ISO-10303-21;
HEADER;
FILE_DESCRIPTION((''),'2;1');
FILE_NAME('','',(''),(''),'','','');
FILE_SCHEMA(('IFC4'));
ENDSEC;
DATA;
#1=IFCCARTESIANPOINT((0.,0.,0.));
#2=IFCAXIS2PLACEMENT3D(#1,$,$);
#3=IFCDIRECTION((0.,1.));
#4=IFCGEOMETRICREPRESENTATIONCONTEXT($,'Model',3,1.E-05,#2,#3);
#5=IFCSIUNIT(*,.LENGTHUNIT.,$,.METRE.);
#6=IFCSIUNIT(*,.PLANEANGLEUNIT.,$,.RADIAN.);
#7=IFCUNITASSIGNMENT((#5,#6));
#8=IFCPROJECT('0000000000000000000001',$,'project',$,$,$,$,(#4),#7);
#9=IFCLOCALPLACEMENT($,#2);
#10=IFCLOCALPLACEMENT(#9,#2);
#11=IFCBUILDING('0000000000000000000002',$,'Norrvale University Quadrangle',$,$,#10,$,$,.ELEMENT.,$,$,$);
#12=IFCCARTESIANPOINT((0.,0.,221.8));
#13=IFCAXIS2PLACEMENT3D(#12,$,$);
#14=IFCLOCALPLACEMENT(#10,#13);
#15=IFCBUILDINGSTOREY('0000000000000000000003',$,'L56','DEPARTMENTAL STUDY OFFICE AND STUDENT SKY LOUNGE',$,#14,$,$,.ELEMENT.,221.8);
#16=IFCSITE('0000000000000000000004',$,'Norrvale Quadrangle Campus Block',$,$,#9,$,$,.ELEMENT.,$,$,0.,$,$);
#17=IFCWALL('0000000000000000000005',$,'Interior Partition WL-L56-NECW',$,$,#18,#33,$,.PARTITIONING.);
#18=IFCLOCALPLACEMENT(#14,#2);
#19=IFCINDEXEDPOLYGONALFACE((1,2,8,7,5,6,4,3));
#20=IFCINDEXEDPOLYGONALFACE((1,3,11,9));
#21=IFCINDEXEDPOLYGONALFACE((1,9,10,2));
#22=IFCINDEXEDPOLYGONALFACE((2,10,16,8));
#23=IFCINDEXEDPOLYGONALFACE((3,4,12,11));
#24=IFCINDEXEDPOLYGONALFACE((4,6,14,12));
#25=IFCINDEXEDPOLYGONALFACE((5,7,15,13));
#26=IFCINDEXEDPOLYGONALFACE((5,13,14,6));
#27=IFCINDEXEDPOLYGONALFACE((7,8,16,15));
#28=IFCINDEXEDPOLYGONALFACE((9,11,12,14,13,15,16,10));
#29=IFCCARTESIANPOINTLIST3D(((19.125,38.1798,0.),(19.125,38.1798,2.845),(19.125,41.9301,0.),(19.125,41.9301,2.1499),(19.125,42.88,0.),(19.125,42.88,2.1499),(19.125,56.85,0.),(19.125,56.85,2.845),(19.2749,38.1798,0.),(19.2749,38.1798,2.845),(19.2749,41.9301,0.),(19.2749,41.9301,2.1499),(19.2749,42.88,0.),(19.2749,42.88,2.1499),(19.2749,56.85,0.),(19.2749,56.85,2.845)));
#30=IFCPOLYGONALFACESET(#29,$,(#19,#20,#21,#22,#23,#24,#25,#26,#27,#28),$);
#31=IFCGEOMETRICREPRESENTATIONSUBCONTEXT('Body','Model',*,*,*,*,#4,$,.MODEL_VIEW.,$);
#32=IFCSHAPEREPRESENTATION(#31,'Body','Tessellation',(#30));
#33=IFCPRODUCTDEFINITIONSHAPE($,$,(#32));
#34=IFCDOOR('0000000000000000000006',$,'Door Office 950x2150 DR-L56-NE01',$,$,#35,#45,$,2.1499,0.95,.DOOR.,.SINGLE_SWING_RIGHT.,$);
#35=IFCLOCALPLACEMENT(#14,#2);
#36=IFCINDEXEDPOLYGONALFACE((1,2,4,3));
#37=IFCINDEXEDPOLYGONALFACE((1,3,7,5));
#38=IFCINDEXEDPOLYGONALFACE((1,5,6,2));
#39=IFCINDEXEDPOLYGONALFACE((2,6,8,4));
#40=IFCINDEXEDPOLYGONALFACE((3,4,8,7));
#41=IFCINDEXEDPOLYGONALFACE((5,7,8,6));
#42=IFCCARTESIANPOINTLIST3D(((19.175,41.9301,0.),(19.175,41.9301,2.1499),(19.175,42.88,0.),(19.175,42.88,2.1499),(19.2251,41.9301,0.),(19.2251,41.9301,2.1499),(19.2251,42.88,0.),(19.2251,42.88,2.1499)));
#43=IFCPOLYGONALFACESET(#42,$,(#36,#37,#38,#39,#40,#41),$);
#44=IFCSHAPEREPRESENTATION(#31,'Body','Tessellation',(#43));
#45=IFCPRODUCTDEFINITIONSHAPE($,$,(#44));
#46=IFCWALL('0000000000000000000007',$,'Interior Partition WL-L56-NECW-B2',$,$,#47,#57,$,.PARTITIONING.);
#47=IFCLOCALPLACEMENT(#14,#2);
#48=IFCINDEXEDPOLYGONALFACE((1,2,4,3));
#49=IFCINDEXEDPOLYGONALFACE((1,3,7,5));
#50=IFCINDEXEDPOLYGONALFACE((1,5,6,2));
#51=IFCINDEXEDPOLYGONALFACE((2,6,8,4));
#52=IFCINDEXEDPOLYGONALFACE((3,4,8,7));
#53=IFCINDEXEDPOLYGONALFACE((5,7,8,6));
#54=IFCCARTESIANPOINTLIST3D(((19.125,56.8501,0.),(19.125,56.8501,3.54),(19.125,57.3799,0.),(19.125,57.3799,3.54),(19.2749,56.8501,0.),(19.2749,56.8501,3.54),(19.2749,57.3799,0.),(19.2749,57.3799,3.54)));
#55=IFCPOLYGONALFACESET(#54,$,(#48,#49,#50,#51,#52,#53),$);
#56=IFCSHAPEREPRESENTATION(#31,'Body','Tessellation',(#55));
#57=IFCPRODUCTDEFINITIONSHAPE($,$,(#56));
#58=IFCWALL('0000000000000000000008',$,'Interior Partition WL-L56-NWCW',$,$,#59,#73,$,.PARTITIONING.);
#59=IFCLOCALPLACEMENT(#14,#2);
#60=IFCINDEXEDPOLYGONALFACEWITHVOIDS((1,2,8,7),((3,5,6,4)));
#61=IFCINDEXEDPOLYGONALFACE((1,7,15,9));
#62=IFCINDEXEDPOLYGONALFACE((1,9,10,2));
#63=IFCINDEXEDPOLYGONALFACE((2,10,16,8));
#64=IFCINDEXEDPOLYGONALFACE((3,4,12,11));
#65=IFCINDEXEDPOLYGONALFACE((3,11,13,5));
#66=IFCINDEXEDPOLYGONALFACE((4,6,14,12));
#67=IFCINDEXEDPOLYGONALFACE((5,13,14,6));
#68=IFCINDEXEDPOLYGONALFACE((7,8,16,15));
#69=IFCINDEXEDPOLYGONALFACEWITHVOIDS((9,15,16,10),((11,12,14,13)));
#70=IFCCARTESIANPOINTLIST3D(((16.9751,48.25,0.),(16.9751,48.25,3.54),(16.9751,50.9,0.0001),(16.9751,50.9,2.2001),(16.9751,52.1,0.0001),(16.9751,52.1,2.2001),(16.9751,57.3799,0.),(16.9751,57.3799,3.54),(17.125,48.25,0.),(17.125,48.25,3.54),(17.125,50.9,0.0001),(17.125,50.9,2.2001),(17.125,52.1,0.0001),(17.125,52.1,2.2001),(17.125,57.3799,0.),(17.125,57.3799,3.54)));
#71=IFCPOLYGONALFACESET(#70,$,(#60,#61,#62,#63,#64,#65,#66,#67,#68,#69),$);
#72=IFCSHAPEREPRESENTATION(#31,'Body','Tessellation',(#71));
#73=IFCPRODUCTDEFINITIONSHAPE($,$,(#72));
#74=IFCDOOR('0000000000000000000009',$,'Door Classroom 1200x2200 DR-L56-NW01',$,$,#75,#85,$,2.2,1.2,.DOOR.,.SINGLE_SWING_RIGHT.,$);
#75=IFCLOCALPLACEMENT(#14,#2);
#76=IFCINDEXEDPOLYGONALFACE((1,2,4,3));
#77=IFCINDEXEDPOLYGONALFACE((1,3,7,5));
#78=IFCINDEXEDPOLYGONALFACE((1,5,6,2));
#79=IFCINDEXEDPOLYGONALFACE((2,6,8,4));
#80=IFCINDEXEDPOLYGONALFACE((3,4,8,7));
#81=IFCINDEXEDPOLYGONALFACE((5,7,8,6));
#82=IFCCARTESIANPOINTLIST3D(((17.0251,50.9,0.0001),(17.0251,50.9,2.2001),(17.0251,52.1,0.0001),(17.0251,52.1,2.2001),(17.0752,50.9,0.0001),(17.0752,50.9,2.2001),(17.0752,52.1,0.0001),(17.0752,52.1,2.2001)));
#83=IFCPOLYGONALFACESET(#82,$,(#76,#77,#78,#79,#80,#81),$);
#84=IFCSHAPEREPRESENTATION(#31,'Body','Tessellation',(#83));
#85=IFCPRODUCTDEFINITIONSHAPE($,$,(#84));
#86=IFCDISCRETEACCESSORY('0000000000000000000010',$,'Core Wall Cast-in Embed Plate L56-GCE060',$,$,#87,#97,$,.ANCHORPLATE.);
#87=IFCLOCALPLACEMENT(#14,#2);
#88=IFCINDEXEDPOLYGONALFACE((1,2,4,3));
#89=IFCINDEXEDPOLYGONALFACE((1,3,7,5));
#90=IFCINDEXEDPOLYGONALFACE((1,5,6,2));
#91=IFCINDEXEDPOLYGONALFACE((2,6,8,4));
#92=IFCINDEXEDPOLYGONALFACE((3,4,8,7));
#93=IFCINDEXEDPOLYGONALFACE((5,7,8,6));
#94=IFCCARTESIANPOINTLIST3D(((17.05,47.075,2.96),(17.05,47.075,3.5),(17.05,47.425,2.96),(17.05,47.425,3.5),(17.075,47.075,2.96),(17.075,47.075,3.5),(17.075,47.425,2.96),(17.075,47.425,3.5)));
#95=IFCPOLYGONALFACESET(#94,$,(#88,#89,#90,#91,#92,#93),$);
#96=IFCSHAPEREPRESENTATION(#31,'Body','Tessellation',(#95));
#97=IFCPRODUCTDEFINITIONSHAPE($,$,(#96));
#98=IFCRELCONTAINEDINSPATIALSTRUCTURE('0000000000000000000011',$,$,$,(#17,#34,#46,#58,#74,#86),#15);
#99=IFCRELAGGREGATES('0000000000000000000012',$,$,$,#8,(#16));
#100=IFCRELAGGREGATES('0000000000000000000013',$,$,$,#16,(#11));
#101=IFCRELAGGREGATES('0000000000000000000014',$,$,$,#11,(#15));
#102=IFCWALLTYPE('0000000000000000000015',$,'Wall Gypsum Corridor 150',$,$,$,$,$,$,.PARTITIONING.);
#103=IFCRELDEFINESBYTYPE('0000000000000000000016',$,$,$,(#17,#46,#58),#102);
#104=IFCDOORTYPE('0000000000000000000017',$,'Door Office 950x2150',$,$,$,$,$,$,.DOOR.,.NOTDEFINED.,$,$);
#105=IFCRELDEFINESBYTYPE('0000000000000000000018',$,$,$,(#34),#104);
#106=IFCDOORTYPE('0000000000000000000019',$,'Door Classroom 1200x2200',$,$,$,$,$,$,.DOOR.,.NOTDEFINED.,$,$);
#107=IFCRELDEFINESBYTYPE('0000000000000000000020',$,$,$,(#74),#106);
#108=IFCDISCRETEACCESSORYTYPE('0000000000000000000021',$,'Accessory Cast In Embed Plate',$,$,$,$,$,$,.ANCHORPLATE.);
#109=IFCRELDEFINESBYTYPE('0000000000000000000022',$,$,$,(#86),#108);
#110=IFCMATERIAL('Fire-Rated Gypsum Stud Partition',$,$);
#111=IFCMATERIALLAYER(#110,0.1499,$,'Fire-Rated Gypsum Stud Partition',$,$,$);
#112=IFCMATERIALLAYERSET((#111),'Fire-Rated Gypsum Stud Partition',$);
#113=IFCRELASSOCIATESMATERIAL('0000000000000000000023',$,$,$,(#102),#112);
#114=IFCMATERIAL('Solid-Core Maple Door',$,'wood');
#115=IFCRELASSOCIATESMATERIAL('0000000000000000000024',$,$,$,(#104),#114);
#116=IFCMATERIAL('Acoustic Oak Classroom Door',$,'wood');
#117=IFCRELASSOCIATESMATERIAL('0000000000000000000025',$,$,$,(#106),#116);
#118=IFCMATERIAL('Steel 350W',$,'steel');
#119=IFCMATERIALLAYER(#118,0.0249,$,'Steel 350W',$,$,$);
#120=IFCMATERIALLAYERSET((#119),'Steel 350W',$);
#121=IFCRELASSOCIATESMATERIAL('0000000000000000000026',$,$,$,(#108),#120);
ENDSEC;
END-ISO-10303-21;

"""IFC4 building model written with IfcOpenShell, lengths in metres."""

from ifc_helpers import new_model, si_unit, direction, frame, frame_2d, origin, origin_2d, place, context, subcontext, project, spatial, rectangle, extrude, material, layer, layer_set, type_object, element, fill, save


model = new_model("IFC4")

# Units and contexts
model_context = context("Model", 3, precision=1e-05, world=origin(), true_north=direction((0.0, 1.0)))
body_context = subcontext(model_context, "Body", "Model", "MODEL_VIEW")
ifc_project = project(units=[si_unit("LENGTHUNIT", "METRE"), si_unit("PLANEANGLEUNIT", "RADIAN")], contexts=[model_context])

# Site, building, storey
site_placement = place(None, origin())
site = spatial("IfcSite", under=ifc_project, at=site_placement, Name="Norrvale Quadrangle Campus Block", CompositionType="ELEMENT", RefElevation=0.0)
building_placement = place(site_placement, origin())
building = spatial("IfcBuilding", under=site, at=building_placement, Name="Norrvale University Quadrangle", CompositionType="ELEMENT")
storey_placement = place(building_placement, frame((0.0, 0.0, 221.8)))
storey = spatial("IfcBuildingStorey", under=building, at=storey_placement, Name="L56", Description="DEPARTMENTAL STUDY OFFICE AND STUDENT SKY LOUNGE", CompositionType="ELEMENT", Elevation=221.8)

# Shared definitions
ifc_material_1 = material(Name="Steel 350W", Category="steel")

# Shared definitions
ifc_material_2 = material(Name="Fire-Rated Gypsum Stud Partition")
ifc_layer_1 = layer(ifc_material_2, 0.1499, Name="Fire-Rated Gypsum Stud Partition")
ifc_layer_set_1 = layer_set([ifc_layer_1], Name="Fire-Rated Gypsum Stud Partition")
wall_type_1 = type_object("IfcWallType", Name="Wall Gypsum Corridor 150", PredefinedType="PARTITIONING", material=ifc_layer_set_1)

# Wall, opening, door
wall_1_placement = place(storey_placement, frame((19.2, 38.1799, 0.0), z_axis=(0.0, 0.0, 1.0), x_axis=(0.0, 1.0, 0.0)))
wall_1 = element("IfcWall", 1, at=wall_1_placement, inside=storey, type_object=wall_type_1, Name="Interior Partition WL-L56-NECW", PredefinedType="PARTITIONING", context=body_context, shape_type="SweptSolid", body=[
    extrude(rectangle(XDim=18.6702, YDim=0.1499, at=frame_2d((9.335, 0.0))), origin(), (0.0, 0.0, 1.0), 2.845),
])
opening_1_placement = place(wall_1_placement, frame((3.75, 0.0, 0.0)))
opening_1 = element("IfcOpeningElement", 2, at=opening_1_placement, cuts=wall_1, PredefinedType="OPENING", context=body_context, shape_type="SweptSolid", body=[
    extrude(rectangle(XDim=0.95, YDim=2.1499, at=frame_2d((0.4751, 1.075))), frame((0.0, 0.0869, 0.0), z_axis=(0.0, -1.0, 0.0), x_axis=(1.0, 0.0, 0.0)), (0.0, 0.0, 1.0), 0.1738),
])
ifc_material_3 = material(Name="Solid-Core Maple Door", Category="wood")
door_type_1 = type_object("IfcDoorType", Name="Door Office 950x2150", OperationType="NOTDEFINED", PredefinedType="DOOR", material=ifc_material_3)
door_1_placement = place(opening_1_placement, origin())
door_1 = element("IfcDoor", 3, at=door_1_placement, inside=storey, type_object=door_type_1, Name="Door Office 950x2150 DR-L56-NE01", OperationType="SINGLE_SWING_RIGHT", OverallHeight=2.1499, OverallWidth=0.95, PredefinedType="DOOR", context=body_context, shape_type="SweptSolid", body=[
    extrude(rectangle(XDim=0.95, YDim=2.1499, at=frame_2d((0.4751, 1.075))), frame((0.0, 0.0249, 0.0), z_axis=(0.0, -1.0, 0.0), x_axis=(1.0, 0.0, 0.0)), (0.0, 0.0, 1.0), 0.05),
])
fill(opening_1, door_1)

# Wall
wall_2_placement = place(storey_placement, frame((19.2, 56.8501, 0.0), z_axis=(0.0, 0.0, 1.0), x_axis=(0.0, 1.0, 0.0)))
element("IfcWall", 4, at=wall_2_placement, inside=storey, type_object=wall_type_1, Name="Interior Partition WL-L56-NECW-B2", PredefinedType="PARTITIONING", context=body_context, shape_type="SweptSolid", body=[
    extrude(rectangle(XDim=0.5298, YDim=0.1499, at=frame_2d((0.2649, 0.0))), origin(), (0.0, 0.0, 1.0), 3.54),
])

# Wall, opening, door
wall_3_placement = place(storey_placement, frame((17.05, 48.25, 0.0), z_axis=(0.0, 0.0, 1.0), x_axis=(0.0, 1.0, 0.0)))
wall_3 = element("IfcWall", 5, at=wall_3_placement, inside=storey, type_object=wall_type_1, Name="Interior Partition WL-L56-NWCW", PredefinedType="PARTITIONING", context=body_context, shape_type="SweptSolid", body=[
    extrude(rectangle(XDim=9.1299, YDim=0.1499, at=frame_2d((4.5649, 0.0))), origin(), (0.0, 0.0, 1.0), 3.54),
])
opening_2_placement = place(wall_3_placement, frame((2.6499, 0.0, 0.0)))
opening_2 = element("IfcOpeningElement", 6, at=opening_2_placement, cuts=wall_3, PredefinedType="OPENING", context=body_context, shape_type="SweptSolid", body=[
    extrude(rectangle(XDim=1.2, YDim=2.2, at=frame_2d((0.6001, 1.1001))), frame((0.0, 0.0869, 0.0), z_axis=(0.0, -1.0, 0.0), x_axis=(1.0, 0.0, 0.0)), (0.0, 0.0, 1.0), 0.1738),
])
ifc_material_4 = material(Name="Acoustic Oak Classroom Door", Category="wood")
door_type_2 = type_object("IfcDoorType", Name="Door Classroom 1200x2200", OperationType="NOTDEFINED", PredefinedType="DOOR", material=ifc_material_4)
door_2_placement = place(opening_2_placement, origin())
door_2 = element("IfcDoor", 7, at=door_2_placement, inside=storey, type_object=door_type_2, Name="Door Classroom 1200x2200 DR-L56-NW01", OperationType="SINGLE_SWING_RIGHT", OverallHeight=2.2, OverallWidth=1.2, PredefinedType="DOOR", context=body_context, shape_type="SweptSolid", body=[
    extrude(rectangle(XDim=1.2, YDim=2.2, at=frame_2d((0.6001, 1.1001))), frame((0.0, 0.0249, 0.0), z_axis=(0.0, -1.0, 0.0), x_axis=(1.0, 0.0, 0.0)), (0.0, 0.0, 1.0), 0.05),
])
fill(opening_2, door_2)

# Discrete accessory
ifc_layer_2 = layer(ifc_material_1, 0.0249, Name="Steel 350W")
ifc_layer_set_2 = layer_set([ifc_layer_2], Name="Steel 350W")
discrete_accessory_type = type_object("IfcDiscreteAccessoryType", Name="Accessory Cast In Embed Plate", PredefinedType="ANCHORPLATE", material=ifc_layer_set_2)
discrete_accessory_placement = place(storey_placement, frame((17.0625, 47.25, 2.96), z_axis=(0.0, 0.0, 1.0), x_axis=(1.0, 0.0, 0.0)))
element("IfcDiscreteAccessory", 8, at=discrete_accessory_placement, inside=storey, type_object=discrete_accessory_type, Name="Core Wall Cast-in Embed Plate L56-GCE060", PredefinedType="ANCHORPLATE", context=body_context, shape_type="SweptSolid", body=[
    extrude(rectangle(XDim=0.0249, YDim=0.3501, at=origin_2d()), origin(), (0.0, 0.0, 1.0), 0.54),
])

save(model, "model.ifc")
